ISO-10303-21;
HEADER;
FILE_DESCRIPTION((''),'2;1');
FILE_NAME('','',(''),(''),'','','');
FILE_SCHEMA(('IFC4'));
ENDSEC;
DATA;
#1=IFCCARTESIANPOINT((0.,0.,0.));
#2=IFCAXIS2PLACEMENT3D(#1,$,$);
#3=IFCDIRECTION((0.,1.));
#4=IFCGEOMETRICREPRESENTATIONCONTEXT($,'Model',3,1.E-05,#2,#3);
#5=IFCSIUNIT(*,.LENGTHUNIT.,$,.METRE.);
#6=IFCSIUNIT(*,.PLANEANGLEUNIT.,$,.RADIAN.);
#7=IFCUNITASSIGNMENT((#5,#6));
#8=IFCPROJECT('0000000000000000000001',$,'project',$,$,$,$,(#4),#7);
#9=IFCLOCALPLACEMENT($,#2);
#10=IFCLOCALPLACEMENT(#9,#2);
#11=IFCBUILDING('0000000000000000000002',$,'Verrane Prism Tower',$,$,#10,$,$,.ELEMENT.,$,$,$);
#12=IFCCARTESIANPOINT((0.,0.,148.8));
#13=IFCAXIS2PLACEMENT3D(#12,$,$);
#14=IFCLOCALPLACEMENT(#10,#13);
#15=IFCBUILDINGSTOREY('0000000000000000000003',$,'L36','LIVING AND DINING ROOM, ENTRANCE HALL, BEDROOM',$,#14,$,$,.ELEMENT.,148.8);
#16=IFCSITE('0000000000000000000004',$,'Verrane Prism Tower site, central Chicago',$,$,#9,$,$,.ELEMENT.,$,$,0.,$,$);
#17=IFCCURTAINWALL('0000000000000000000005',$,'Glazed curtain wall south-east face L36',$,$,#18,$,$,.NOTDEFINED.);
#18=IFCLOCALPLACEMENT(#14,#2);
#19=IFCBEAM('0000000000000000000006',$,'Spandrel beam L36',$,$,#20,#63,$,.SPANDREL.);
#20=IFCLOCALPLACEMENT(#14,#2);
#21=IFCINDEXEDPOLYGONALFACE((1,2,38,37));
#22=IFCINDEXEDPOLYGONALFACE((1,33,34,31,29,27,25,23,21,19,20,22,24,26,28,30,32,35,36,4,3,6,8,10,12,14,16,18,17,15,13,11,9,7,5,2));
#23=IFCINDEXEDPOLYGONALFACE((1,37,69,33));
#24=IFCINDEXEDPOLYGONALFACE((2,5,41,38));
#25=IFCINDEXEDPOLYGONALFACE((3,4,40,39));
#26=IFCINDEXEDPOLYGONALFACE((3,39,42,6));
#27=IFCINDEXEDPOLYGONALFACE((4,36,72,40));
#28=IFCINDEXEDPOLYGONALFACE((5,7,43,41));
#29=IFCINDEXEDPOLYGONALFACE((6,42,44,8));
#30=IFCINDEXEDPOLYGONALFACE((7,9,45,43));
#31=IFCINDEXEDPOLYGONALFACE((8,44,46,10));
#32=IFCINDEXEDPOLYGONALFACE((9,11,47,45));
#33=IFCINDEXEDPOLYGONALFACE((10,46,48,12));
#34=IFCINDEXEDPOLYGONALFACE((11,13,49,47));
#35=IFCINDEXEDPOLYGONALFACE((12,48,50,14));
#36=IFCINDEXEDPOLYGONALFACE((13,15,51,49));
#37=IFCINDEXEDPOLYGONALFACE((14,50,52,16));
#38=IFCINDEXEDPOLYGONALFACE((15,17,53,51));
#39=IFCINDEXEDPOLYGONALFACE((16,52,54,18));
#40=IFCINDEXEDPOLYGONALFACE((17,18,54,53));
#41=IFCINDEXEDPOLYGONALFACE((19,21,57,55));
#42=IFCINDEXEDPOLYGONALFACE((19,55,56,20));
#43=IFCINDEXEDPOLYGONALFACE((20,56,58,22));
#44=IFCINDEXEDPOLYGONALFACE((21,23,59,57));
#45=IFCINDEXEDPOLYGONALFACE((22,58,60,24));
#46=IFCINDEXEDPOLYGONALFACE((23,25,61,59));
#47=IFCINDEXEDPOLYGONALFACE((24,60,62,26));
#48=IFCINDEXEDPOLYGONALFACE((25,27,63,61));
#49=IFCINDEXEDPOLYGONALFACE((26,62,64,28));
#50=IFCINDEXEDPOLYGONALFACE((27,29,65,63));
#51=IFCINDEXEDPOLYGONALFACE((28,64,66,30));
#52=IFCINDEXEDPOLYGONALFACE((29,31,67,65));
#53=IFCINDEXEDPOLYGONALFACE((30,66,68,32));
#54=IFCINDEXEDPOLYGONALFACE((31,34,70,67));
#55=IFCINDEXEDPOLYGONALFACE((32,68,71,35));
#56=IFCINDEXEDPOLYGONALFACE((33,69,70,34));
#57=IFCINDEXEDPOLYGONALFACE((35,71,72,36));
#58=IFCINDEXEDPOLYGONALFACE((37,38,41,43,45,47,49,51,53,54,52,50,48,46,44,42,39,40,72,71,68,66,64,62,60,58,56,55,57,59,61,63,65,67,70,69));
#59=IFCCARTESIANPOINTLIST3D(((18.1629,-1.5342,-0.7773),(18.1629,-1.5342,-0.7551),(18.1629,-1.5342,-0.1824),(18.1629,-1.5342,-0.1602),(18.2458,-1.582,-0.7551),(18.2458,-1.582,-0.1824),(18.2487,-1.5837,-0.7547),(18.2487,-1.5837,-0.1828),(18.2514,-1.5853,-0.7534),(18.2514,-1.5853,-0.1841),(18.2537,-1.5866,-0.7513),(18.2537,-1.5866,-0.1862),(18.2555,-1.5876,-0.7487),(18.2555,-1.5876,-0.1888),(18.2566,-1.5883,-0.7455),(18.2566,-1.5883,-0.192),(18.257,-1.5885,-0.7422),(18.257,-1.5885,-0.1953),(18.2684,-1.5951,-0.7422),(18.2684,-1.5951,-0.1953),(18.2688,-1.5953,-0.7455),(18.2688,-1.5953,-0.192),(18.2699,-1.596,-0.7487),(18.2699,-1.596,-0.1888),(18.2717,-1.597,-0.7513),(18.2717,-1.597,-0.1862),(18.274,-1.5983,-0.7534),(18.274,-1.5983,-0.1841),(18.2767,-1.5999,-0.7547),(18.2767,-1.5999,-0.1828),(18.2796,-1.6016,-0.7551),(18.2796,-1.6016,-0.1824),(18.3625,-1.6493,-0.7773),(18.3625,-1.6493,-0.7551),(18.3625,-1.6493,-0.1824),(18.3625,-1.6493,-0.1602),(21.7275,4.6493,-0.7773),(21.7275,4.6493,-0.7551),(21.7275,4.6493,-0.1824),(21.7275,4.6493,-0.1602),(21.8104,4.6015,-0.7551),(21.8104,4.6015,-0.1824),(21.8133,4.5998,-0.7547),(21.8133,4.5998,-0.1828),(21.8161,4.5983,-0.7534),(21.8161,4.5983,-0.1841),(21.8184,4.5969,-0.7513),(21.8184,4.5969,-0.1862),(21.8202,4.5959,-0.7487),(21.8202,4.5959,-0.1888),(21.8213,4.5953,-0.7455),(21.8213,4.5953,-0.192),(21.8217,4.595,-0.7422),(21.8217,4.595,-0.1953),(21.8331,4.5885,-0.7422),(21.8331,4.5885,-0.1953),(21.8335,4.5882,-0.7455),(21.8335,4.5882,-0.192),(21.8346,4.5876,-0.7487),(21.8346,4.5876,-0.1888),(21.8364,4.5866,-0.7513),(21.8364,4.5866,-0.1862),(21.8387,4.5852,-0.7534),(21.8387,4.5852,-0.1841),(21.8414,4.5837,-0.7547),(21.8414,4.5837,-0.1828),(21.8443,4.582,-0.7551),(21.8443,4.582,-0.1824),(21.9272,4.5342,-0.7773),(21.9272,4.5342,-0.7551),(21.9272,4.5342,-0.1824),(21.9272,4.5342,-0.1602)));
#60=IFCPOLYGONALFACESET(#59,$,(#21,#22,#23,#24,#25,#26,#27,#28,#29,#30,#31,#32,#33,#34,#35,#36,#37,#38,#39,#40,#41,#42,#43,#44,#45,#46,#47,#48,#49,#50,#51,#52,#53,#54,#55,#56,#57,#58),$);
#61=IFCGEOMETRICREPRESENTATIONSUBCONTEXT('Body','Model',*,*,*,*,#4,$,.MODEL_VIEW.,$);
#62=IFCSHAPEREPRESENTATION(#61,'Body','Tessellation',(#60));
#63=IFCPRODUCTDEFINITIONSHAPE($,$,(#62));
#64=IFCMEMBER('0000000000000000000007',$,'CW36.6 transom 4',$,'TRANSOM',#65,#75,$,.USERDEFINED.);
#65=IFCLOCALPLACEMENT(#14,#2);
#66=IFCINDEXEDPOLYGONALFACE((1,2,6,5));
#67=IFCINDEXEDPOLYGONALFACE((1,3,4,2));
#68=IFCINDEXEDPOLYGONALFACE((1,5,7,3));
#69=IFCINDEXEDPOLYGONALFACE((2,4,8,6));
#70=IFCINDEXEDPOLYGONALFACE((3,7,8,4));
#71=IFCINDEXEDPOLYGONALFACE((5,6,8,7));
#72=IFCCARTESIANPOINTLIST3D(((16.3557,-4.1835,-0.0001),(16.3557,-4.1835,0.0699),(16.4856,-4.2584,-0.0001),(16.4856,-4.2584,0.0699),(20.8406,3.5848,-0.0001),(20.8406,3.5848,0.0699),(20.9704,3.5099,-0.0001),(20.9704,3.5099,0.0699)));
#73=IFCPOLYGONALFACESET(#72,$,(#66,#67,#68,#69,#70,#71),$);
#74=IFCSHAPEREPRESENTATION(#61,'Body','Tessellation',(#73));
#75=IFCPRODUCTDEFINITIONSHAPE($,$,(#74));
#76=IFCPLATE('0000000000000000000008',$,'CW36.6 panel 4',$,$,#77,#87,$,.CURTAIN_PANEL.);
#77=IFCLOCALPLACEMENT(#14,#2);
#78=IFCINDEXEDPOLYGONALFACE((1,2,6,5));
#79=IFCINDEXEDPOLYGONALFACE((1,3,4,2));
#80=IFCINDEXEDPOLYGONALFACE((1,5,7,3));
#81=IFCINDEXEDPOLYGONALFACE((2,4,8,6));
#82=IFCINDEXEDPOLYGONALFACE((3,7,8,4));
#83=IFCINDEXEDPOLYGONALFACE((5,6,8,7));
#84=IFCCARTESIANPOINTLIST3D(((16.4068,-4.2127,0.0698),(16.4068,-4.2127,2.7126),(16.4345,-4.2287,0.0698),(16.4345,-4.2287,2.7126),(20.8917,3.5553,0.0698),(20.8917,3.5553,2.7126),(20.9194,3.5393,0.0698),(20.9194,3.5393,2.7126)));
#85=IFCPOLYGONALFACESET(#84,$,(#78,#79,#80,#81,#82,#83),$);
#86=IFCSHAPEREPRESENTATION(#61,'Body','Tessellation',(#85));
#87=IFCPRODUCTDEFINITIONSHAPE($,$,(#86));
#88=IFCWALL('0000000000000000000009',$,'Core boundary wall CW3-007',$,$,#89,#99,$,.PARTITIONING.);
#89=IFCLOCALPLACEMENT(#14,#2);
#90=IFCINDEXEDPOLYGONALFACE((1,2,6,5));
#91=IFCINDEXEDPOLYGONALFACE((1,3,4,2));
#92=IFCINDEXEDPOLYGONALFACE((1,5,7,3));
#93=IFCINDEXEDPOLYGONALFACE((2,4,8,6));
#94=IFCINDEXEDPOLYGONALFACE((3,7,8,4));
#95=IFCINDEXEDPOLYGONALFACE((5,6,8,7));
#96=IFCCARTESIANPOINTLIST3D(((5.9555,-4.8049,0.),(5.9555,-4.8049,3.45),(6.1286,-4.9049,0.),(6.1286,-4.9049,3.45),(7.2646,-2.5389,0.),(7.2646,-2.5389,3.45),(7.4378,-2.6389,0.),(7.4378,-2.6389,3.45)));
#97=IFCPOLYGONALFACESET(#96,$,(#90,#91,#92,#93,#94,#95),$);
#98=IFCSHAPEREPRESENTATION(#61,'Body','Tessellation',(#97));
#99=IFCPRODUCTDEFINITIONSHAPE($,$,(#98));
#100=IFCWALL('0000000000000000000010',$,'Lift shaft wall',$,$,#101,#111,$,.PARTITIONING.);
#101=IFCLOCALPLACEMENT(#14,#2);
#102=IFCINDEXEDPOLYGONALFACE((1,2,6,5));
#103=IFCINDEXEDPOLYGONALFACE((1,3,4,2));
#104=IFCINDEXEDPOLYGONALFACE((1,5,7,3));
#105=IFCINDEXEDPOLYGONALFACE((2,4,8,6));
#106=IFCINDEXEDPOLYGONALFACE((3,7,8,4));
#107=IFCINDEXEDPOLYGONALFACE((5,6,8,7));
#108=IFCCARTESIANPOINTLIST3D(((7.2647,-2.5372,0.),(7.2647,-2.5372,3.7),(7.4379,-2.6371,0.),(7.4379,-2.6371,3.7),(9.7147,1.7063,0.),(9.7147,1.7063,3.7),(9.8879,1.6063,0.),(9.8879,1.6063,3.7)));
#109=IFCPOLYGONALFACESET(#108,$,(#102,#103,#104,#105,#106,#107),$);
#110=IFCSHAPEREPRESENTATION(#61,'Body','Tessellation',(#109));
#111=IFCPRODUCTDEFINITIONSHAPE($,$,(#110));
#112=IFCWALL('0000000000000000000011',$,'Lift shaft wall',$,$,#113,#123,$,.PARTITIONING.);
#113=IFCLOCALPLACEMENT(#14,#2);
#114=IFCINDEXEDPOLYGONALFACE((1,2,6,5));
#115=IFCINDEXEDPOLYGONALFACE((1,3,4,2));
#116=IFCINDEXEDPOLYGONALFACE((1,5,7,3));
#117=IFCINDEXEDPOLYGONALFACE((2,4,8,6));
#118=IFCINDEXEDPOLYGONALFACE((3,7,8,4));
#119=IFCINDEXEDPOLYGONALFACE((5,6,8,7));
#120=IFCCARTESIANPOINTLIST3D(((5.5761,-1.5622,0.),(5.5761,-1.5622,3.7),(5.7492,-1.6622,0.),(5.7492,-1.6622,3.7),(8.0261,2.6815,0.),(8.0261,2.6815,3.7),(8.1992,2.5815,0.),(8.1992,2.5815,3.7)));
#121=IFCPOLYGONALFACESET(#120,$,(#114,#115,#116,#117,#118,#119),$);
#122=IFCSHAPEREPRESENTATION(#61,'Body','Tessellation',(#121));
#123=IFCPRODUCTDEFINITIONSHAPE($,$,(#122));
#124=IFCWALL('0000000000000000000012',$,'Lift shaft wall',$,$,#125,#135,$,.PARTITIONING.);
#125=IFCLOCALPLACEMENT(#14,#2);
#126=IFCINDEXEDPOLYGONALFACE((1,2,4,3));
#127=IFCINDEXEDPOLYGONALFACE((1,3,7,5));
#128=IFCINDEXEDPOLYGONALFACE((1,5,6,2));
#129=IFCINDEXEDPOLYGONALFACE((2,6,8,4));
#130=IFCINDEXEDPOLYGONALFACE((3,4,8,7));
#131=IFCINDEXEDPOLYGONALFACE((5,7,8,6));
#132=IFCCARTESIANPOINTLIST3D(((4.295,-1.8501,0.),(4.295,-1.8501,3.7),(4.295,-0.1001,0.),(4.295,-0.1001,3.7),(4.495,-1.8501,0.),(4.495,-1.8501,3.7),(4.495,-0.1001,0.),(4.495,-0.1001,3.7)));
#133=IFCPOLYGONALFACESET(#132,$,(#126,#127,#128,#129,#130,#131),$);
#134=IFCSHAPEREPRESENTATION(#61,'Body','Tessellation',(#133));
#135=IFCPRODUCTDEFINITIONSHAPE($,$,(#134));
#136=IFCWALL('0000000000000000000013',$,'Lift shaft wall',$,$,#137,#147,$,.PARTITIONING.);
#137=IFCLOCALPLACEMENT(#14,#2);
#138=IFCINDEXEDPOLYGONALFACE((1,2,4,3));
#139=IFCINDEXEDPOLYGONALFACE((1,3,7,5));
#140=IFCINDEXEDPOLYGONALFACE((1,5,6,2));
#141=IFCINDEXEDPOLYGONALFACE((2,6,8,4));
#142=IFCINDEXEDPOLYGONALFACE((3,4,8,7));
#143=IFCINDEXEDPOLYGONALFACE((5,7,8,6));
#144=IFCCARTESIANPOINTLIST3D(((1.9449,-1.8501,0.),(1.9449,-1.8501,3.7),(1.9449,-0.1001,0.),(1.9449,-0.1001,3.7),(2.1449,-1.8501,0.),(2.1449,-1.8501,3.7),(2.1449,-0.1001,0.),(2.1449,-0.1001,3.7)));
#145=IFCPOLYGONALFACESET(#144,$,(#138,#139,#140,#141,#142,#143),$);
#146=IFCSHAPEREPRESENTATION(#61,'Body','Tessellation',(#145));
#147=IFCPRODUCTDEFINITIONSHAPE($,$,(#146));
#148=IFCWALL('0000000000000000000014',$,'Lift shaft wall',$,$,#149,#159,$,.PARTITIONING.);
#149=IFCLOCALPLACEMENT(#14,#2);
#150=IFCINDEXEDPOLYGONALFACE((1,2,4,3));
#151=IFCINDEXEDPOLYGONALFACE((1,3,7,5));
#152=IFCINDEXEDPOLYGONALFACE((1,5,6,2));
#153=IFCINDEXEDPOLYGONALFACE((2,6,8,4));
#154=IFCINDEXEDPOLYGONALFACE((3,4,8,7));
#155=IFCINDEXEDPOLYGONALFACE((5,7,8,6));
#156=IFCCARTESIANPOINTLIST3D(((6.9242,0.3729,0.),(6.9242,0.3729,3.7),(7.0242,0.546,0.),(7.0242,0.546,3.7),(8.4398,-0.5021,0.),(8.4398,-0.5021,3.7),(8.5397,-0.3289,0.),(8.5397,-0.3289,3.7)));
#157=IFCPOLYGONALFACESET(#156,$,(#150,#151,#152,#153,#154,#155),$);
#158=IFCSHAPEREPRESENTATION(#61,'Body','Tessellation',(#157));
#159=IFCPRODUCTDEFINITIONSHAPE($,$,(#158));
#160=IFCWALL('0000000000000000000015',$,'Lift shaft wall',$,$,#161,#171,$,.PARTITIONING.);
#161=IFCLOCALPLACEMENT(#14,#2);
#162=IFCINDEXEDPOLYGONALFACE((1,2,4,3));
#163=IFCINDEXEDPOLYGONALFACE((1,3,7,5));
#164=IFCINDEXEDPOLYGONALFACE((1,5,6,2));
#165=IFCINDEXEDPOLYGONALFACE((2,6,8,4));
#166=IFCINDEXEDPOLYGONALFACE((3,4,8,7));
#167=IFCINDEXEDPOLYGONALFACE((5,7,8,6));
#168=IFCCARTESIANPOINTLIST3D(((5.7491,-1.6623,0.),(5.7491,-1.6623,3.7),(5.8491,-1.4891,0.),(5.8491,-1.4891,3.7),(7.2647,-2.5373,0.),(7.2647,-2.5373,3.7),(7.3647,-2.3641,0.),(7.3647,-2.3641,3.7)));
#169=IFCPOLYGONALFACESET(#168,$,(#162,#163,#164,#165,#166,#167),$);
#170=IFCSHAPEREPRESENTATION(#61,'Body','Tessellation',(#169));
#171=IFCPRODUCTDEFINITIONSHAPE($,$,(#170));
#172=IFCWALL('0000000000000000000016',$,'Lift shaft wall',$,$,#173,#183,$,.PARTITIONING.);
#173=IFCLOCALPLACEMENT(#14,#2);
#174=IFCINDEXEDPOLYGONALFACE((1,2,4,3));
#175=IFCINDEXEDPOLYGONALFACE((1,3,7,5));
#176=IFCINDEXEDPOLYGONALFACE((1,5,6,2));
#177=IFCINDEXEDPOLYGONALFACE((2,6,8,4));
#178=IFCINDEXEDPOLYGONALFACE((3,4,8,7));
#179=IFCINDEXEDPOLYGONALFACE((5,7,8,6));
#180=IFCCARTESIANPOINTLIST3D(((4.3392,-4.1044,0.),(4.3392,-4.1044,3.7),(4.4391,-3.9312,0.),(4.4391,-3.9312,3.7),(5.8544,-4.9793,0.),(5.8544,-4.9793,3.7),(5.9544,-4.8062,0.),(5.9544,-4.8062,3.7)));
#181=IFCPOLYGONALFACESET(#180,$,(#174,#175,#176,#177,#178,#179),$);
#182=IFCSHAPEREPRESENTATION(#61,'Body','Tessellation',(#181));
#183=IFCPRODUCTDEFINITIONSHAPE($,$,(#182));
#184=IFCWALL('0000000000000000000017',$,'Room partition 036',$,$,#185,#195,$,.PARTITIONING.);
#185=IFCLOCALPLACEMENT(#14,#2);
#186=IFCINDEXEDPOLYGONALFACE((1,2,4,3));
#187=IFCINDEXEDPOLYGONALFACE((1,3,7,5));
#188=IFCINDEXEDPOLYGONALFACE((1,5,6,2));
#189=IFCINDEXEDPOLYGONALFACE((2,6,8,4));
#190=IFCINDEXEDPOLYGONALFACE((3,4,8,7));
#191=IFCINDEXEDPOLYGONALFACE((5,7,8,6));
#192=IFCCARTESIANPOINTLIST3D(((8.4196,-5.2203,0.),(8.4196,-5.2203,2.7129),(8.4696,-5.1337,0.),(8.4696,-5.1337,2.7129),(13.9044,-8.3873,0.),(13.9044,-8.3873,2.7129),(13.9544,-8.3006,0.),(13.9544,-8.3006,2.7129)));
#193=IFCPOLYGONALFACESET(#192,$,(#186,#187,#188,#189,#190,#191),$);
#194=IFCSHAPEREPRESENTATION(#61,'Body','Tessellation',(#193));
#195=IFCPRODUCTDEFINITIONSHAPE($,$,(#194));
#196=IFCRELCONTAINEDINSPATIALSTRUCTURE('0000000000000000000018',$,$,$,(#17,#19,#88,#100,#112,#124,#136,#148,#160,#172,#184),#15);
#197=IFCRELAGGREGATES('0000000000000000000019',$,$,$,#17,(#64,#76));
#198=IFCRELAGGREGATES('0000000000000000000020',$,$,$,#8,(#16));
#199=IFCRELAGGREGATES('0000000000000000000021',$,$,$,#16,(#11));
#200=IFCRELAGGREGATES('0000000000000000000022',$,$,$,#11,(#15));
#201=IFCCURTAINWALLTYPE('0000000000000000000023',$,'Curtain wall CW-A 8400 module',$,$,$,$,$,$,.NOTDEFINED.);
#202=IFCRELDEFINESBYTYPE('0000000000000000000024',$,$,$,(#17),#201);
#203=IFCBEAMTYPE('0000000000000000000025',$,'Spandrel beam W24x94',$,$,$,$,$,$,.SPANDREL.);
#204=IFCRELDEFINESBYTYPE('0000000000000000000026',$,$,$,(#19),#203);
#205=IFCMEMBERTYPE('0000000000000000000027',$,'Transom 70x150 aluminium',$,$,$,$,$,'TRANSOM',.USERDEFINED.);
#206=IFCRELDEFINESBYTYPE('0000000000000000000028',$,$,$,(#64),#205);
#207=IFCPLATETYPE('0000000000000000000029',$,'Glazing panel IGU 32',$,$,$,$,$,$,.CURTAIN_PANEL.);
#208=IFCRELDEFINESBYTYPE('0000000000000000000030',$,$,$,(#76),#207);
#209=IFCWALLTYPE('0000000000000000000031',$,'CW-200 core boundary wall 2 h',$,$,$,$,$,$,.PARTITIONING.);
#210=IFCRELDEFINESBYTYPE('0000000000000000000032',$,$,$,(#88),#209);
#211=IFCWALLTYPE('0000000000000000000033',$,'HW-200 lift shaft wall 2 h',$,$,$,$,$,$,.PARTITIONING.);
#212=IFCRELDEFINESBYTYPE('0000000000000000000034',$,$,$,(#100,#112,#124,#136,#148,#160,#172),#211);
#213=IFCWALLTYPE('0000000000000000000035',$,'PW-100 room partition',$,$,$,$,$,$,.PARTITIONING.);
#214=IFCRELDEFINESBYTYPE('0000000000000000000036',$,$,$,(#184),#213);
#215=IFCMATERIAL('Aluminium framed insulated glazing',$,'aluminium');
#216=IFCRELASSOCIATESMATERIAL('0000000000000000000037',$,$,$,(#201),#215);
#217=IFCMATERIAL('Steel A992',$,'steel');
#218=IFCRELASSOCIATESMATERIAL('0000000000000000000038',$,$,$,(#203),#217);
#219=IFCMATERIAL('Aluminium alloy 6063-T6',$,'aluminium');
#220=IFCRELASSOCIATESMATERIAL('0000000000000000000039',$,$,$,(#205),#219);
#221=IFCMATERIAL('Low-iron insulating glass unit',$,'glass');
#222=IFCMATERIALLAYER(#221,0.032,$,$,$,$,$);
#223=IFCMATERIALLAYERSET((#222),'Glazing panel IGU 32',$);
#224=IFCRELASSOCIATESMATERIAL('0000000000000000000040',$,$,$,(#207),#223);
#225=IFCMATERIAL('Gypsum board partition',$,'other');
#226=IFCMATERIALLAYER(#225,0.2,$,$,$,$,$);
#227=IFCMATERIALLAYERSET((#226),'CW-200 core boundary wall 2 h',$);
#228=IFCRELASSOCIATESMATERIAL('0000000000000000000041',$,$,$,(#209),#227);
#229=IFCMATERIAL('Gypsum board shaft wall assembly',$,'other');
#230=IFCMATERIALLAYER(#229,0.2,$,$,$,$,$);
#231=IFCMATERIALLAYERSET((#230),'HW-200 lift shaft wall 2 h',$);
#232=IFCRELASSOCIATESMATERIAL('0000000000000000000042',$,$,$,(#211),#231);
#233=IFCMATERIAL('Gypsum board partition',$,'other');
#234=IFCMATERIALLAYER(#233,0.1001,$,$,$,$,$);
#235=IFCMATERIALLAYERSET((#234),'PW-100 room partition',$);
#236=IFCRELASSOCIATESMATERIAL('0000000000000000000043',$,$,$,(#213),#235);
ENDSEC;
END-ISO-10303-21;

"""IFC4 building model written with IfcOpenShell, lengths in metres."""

from ifc_helpers import new_model, si_unit, direction, frame, frame_2d, origin, origin_2d, place, context, subcontext, project, spatial, rectangle, i_section, extrude, material, layer, layer_set, material_profile, profile_set, type_object, element, aggregate, save


model = new_model("IFC4")

# Units and contexts
model_context = context("Model", 3, precision=1e-05, world=origin(), true_north=direction((0.0, 1.0)))
body_context = subcontext(model_context, "Body", "Model", "MODEL_VIEW")
ifc_project = project(units=[si_unit("LENGTHUNIT", "METRE"), si_unit("PLANEANGLEUNIT", "RADIAN")], contexts=[model_context])

# Site, building, storey
site_placement = place(None, origin())
site = spatial("IfcSite", under=ifc_project, at=site_placement, Name="Verrane Prism Tower site, central Chicago", CompositionType="ELEMENT", RefElevation=0.0)
building_placement = place(site_placement, origin())
building = spatial("IfcBuilding", under=site, at=building_placement, Name="Verrane Prism Tower", CompositionType="ELEMENT")
storey_placement = place(building_placement, frame((0.0, 0.0, 148.8)))
storey = spatial("IfcBuildingStorey", under=building, at=storey_placement, Name="L36", Description="LIVING AND DINING ROOM, ENTRANCE HALL, BEDROOM", CompositionType="ELEMENT", Elevation=148.8)

# Curtain wall
ifc_material_1 = material(Name="Aluminium framed insulated glazing", Category="aluminium")
curtain_wall_type = type_object("IfcCurtainWallType", Name="Curtain wall CW-A 8400 module", PredefinedType="NOTDEFINED", material=ifc_material_1)
curtain_wall_placement = place(storey_placement, origin())
curtain_wall = element("IfcCurtainWall", 1, at=curtain_wall_placement, inside=storey, type_object=curtain_wall_type, Name="Glazed curtain wall south-east face L36", PredefinedType="NOTDEFINED")

# Beam
ifc_material_2 = material(Name="Steel A992", Category="steel")
ifc_material_profile_1 = material_profile(ifc_material_2, i_section(OverallWidth=0.2305, OverallDepth=0.6172, WebThickness=0.0132, FlangeThickness=0.0222, FilletRadius=0.0129, at=origin_2d()), Name="W24x94")
ifc_profile_set_1 = profile_set([ifc_material_profile_1], Name="Steel A992")
beam_type_1 = type_object("IfcBeamType", Name="Spandrel beam W24x94", PredefinedType="SPANDREL", material=ifc_profile_set_1)
beam_1_placement = place(storey_placement, frame((18.2627, -1.5918, -0.4688), z_axis=(0.499432, 0.866353, 0.0), x_axis=(-0.866353, 0.499432, 0.0)))
element("IfcBeam", 2, at=beam_1_placement, inside=storey, type_object=beam_type_1, Name="Spandrel beam L36", PredefinedType="SPANDREL", context=body_context, shape_type="SweptSolid", body=[
    extrude(i_section(OverallWidth=0.2305, OverallDepth=0.6172, WebThickness=0.0132, FlangeThickness=0.0222, FilletRadius=0.0129, at=origin_2d()), origin(), (0.0, 0.0, 1.0), 7.1375),
])

# Member
ifc_material_3 = material(Name="Aluminium alloy 6063-T6", Category="aluminium")
ifc_material_profile_2 = material_profile(ifc_material_3, rectangle(XDim=0.1499, YDim=0.0701, at=origin_2d()), Name="Transom 70x150 aluminium")
ifc_profile_set_2 = profile_set([ifc_material_profile_2], Name="Aluminium alloy 6063-T6")
member_type_1 = type_object("IfcMemberType", Name="Transom 70x150 aluminium", ElementType="TRANSOM", PredefinedType="USERDEFINED", material=ifc_profile_set_2)
member_1_placement = place(storey_placement, frame((16.4207, -4.2209, 0.0349), z_axis=(0.499986, 0.866034, 0.0), x_axis=(-0.866034, 0.499986, 0.0)))
member_1 = element("IfcMember", 3, at=member_1_placement, type_object=member_type_1, Name="CW36.6 transom 4", ObjectType="TRANSOM", PredefinedType="USERDEFINED", context=body_context, shape_type="SweptSolid", body=[
    extrude(rectangle(XDim=0.1499, YDim=0.0701, at=origin_2d()), origin(), (0.0, 0.0, 1.0), 8.97),
])

# Plate
ifc_material_4 = material(Name="Low-iron insulating glass unit", Category="glass")
ifc_layer_1 = layer(ifc_material_4, 0.032)
ifc_layer_set_1 = layer_set([ifc_layer_1], Name="Glazing panel IGU 32")
plate_type = type_object("IfcPlateType", Name="Glazing panel IGU 32", PredefinedType="CURTAIN_PANEL", material=ifc_layer_set_1)
plate_placement = place(storey_placement, frame((18.6631, -0.3367, 0.0698), z_axis=(0.0, 0.0, 1.0), x_axis=(0.500001, 0.866025, 0.0)))
plate = element("IfcPlate", 4, at=plate_placement, type_object=plate_type, Name="CW36.6 panel 4", PredefinedType="CURTAIN_PANEL", context=body_context, shape_type="SweptSolid", body=[
    extrude(rectangle(XDim=8.9697, YDim=0.032, at=origin_2d()), origin(), (0.0, 0.0, 1.0), 2.6428),
])
aggregate(curtain_wall, [member_1, plate])

# Walls
ifc_material_5 = material(Name="Gypsum board partition", Category="other")
ifc_layer_2 = layer(ifc_material_5, 0.2)
ifc_layer_set_2 = layer_set([ifc_layer_2], Name="CW-200 core boundary wall 2 h")
wall_type_1 = type_object("IfcWallType", Name="CW-200 core boundary wall 2 h", PredefinedType="PARTITIONING", material=ifc_layer_set_2)
wall_1_placement = place(storey_placement, frame((6.042, -4.855, 0.0), z_axis=(0.0, 0.0, 1.0), x_axis=(0.500253, 0.865879, 0.0)))
element("IfcWall", 5, at=wall_1_placement, inside=storey, type_object=wall_type_1, Name="Core boundary wall CW3-007", PredefinedType="PARTITIONING", context=body_context, shape_type="SweptSolid", body=[
    extrude(rectangle(XDim=2.6169, YDim=0.2, at=frame_2d((1.3086, 0.0))), origin(), (0.0, 0.0, 1.0), 3.45),
])
ifc_material_6 = material(Name="Gypsum board shaft wall assembly", Category="other")
ifc_layer_3 = layer(ifc_material_6, 0.2)
ifc_layer_set_3 = layer_set([ifc_layer_3], Name="HW-200 lift shaft wall 2 h")
wall_type_2 = type_object("IfcWallType", Name="HW-200 lift shaft wall 2 h", PredefinedType="PARTITIONING", material=ifc_layer_set_3)
wall_2_placement = place(storey_placement, frame((7.3513, -2.5872, 0.0), z_axis=(0.0, 0.0, 1.0), x_axis=(0.500003, 0.866024, 0.0)))
element("IfcWall", 6, at=wall_2_placement, inside=storey, type_object=wall_type_2, Name="Lift shaft wall", PredefinedType="PARTITIONING", context=body_context, shape_type="SweptSolid", body=[
    extrude(rectangle(XDim=4.8999, YDim=0.2, at=frame_2d((2.45, 0.0))), origin(), (0.0, 0.0, 1.0), 3.7),
])
wall_3_placement = place(storey_placement, frame((5.6626, -1.6123, 0.0), z_axis=(0.0, 0.0, 1.0), x_axis=(0.499981, 0.866036, 0.0)))
element("IfcWall", 7, at=wall_3_placement, inside=storey, type_object=wall_type_2, Name="Lift shaft wall", PredefinedType="PARTITIONING", context=body_context, shape_type="SweptSolid", body=[
    extrude(rectangle(XDim=4.9001, YDim=0.2, at=frame_2d((2.4502, 0.0))), origin(), (0.0, 0.0, 1.0), 3.7),
])
for number, where, z_axis, x_axis, name in (
    (8, (4.395, -1.8501, 0.0), (0.0, 0.0, 1.0), (0.0, 1.0, 0.0), "Lift shaft wall"),
    (9, (2.0449, -1.8501, 0.0), (0.0, 0.0, 1.0), (0.0, 1.0, 0.0), "Lift shaft wall"),
    (10, (8.4897, -0.4155, 0.0), (0.0, 0.0, 1.0), (-0.866037, 0.49998, 0.0), "Lift shaft wall"),
    (11, (7.3147, -2.4507, 0.0), (0.0, 0.0, 1.0), (-0.866037, 0.49998, 0.0), "Lift shaft wall"),
):
    element("IfcWall", number, at=place(storey_placement, frame(where, z_axis=z_axis, x_axis=x_axis)), inside=storey, type_object=wall_type_2, Name=name, PredefinedType="PARTITIONING", context=body_context, shape_type="SweptSolid", body=[
        extrude(rectangle(XDim=1.75, YDim=0.2, at=frame_2d((0.875, 0.0))), origin(), (0.0, 0.0, 1.0), 3.7),
    ])
wall_4_placement = place(storey_placement, frame((5.9045, -4.8928, 0.0), z_axis=(0.0, 0.0, 1.0), x_axis=(-0.866002, 0.50004, 0.0)))
element("IfcWall", 12, at=wall_4_placement, inside=storey, type_object=wall_type_2, Name="Lift shaft wall", PredefinedType="PARTITIONING", context=body_context, shape_type="SweptSolid", body=[
    extrude(rectangle(XDim=1.7498, YDim=0.2, at=frame_2d((0.875, 0.0))), origin(), (0.0, 0.0, 1.0), 3.7),
])
ifc_material_7 = material(Name="Gypsum board partition", Category="other")
ifc_layer_4 = layer(ifc_material_7, 0.1001)
ifc_layer_set_4 = layer_set([ifc_layer_4], Name="PW-100 room partition")
wall_type_3 = type_object("IfcWallType", Name="PW-100 room partition", PredefinedType="PARTITIONING", material=ifc_layer_set_4)
wall_5_placement = place(storey_placement, frame((8.4446, -5.177, 0.0), z_axis=(0.0, 0.0, 1.0), x_axis=(0.866005, -0.500036, 0.0)))
element("IfcWall", 13, at=wall_5_placement, inside=storey, type_object=wall_type_3, Name="Room partition 036", PredefinedType="PARTITIONING", context=body_context, shape_type="SweptSolid", body=[
    extrude(rectangle(XDim=6.3335, YDim=0.1001, at=frame_2d((3.1667, 0.0))), origin(), (0.0, 0.0, 1.0), 2.7129),
])

save(model, "model.ifc")
